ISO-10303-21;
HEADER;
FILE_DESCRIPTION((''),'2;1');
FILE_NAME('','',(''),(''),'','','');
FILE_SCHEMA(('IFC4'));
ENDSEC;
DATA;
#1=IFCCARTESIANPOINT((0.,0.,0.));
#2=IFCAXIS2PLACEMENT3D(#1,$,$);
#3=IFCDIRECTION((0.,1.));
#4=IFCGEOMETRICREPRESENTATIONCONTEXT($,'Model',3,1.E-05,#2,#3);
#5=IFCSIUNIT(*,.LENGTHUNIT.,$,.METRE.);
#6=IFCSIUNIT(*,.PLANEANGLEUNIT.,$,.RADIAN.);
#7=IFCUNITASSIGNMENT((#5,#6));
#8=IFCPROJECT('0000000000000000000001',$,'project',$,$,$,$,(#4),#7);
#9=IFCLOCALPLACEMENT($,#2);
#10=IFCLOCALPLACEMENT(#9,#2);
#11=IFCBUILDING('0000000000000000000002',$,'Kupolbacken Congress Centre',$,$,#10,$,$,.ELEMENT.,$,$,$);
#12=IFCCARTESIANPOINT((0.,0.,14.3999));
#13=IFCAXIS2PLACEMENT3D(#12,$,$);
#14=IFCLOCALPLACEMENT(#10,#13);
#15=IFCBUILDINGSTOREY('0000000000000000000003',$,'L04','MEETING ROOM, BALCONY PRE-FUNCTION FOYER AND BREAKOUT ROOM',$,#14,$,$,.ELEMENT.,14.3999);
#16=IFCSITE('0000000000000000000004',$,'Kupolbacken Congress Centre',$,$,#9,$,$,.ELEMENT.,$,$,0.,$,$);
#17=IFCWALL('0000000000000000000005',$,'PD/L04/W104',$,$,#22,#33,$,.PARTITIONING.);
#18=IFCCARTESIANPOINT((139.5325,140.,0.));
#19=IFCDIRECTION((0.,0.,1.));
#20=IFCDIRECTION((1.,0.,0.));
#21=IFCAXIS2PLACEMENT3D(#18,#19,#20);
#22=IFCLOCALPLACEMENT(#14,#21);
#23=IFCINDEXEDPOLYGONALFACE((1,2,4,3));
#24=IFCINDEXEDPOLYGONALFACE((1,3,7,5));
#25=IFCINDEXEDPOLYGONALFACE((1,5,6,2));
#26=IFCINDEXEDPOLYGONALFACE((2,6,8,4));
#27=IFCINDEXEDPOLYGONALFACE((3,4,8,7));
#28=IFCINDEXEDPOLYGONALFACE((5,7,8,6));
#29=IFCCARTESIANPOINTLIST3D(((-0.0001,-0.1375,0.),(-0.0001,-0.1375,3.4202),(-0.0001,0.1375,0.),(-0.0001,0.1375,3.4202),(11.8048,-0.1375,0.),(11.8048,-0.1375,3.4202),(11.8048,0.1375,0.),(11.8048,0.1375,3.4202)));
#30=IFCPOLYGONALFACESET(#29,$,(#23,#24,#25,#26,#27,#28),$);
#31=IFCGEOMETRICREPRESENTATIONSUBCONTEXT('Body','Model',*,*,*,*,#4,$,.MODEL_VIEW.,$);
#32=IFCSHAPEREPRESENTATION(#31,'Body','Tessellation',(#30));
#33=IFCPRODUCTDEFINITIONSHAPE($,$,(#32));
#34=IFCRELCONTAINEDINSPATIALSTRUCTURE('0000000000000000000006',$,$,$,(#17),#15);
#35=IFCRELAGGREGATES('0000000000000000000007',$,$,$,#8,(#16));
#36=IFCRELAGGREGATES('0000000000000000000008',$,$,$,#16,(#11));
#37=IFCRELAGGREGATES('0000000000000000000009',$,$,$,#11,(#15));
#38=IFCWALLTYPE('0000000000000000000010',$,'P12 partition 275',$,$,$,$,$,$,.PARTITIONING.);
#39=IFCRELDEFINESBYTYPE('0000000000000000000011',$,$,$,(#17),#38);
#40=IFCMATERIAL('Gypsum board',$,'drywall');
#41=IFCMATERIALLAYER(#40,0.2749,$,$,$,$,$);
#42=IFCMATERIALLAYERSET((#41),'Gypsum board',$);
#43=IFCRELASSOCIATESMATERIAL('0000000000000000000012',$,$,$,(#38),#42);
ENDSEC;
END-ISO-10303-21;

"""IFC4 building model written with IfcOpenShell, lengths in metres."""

from ifc_helpers import new_model, si_unit, direction, frame, frame_2d, origin, place, context, subcontext, project, spatial, rectangle, extrude, material, layer, layer_set, type_object, element, save


model = new_model("IFC4")

# Units and contexts
model_context = context("Model", 3, precision=1e-05, world=origin(), true_north=direction((0.0, 1.0)))
body_context = subcontext(model_context, "Body", "Model", "MODEL_VIEW")
ifc_project = project(units=[si_unit("LENGTHUNIT", "METRE"), si_unit("PLANEANGLEUNIT", "RADIAN")], contexts=[model_context])

# Site, building, storey
site_placement = place(None, origin())
site = spatial("IfcSite", under=ifc_project, at=site_placement, Name="Kupolbacken Congress Centre", CompositionType="ELEMENT", RefElevation=0.0)
building_placement = place(site_placement, origin())
building = spatial("IfcBuilding", under=site, at=building_placement, Name="Kupolbacken Congress Centre", CompositionType="ELEMENT")
storey_placement = place(building_placement, frame((0.0, 0.0, 14.3999)))
storey = spatial("IfcBuildingStorey", under=building, at=storey_placement, Name="L04", Description="MEETING ROOM, BALCONY PRE-FUNCTION FOYER AND BREAKOUT ROOM", CompositionType="ELEMENT", Elevation=14.3999)

# Wall
ifc_material_1 = material(Name="Gypsum board", Category="drywall")
ifc_layer_1 = layer(ifc_material_1, 0.2749)
ifc_layer_set_1 = layer_set([ifc_layer_1], Name="Gypsum board")
wall_type_1 = type_object("IfcWallType", Name="P12 partition 275", PredefinedType="PARTITIONING", material=ifc_layer_set_1)
wall_1_placement = place(storey_placement, frame((139.5325, 140.0, 0.0), z_axis=(0.0, 0.0, 1.0), x_axis=(1.0, 0.0, 0.0)))
element("IfcWall", 1, at=wall_1_placement, inside=storey, type_object=wall_type_1, Name="PD/L04/W104", PredefinedType="PARTITIONING", context=body_context, shape_type="SweptSolid", body=[
    extrude(rectangle(XDim=11.8049, YDim=0.2749, at=frame_2d((5.9023, 0.0))), origin(), (0.0, 0.0, 1.0), 3.4202),
])

save(model, "model.ifc")
